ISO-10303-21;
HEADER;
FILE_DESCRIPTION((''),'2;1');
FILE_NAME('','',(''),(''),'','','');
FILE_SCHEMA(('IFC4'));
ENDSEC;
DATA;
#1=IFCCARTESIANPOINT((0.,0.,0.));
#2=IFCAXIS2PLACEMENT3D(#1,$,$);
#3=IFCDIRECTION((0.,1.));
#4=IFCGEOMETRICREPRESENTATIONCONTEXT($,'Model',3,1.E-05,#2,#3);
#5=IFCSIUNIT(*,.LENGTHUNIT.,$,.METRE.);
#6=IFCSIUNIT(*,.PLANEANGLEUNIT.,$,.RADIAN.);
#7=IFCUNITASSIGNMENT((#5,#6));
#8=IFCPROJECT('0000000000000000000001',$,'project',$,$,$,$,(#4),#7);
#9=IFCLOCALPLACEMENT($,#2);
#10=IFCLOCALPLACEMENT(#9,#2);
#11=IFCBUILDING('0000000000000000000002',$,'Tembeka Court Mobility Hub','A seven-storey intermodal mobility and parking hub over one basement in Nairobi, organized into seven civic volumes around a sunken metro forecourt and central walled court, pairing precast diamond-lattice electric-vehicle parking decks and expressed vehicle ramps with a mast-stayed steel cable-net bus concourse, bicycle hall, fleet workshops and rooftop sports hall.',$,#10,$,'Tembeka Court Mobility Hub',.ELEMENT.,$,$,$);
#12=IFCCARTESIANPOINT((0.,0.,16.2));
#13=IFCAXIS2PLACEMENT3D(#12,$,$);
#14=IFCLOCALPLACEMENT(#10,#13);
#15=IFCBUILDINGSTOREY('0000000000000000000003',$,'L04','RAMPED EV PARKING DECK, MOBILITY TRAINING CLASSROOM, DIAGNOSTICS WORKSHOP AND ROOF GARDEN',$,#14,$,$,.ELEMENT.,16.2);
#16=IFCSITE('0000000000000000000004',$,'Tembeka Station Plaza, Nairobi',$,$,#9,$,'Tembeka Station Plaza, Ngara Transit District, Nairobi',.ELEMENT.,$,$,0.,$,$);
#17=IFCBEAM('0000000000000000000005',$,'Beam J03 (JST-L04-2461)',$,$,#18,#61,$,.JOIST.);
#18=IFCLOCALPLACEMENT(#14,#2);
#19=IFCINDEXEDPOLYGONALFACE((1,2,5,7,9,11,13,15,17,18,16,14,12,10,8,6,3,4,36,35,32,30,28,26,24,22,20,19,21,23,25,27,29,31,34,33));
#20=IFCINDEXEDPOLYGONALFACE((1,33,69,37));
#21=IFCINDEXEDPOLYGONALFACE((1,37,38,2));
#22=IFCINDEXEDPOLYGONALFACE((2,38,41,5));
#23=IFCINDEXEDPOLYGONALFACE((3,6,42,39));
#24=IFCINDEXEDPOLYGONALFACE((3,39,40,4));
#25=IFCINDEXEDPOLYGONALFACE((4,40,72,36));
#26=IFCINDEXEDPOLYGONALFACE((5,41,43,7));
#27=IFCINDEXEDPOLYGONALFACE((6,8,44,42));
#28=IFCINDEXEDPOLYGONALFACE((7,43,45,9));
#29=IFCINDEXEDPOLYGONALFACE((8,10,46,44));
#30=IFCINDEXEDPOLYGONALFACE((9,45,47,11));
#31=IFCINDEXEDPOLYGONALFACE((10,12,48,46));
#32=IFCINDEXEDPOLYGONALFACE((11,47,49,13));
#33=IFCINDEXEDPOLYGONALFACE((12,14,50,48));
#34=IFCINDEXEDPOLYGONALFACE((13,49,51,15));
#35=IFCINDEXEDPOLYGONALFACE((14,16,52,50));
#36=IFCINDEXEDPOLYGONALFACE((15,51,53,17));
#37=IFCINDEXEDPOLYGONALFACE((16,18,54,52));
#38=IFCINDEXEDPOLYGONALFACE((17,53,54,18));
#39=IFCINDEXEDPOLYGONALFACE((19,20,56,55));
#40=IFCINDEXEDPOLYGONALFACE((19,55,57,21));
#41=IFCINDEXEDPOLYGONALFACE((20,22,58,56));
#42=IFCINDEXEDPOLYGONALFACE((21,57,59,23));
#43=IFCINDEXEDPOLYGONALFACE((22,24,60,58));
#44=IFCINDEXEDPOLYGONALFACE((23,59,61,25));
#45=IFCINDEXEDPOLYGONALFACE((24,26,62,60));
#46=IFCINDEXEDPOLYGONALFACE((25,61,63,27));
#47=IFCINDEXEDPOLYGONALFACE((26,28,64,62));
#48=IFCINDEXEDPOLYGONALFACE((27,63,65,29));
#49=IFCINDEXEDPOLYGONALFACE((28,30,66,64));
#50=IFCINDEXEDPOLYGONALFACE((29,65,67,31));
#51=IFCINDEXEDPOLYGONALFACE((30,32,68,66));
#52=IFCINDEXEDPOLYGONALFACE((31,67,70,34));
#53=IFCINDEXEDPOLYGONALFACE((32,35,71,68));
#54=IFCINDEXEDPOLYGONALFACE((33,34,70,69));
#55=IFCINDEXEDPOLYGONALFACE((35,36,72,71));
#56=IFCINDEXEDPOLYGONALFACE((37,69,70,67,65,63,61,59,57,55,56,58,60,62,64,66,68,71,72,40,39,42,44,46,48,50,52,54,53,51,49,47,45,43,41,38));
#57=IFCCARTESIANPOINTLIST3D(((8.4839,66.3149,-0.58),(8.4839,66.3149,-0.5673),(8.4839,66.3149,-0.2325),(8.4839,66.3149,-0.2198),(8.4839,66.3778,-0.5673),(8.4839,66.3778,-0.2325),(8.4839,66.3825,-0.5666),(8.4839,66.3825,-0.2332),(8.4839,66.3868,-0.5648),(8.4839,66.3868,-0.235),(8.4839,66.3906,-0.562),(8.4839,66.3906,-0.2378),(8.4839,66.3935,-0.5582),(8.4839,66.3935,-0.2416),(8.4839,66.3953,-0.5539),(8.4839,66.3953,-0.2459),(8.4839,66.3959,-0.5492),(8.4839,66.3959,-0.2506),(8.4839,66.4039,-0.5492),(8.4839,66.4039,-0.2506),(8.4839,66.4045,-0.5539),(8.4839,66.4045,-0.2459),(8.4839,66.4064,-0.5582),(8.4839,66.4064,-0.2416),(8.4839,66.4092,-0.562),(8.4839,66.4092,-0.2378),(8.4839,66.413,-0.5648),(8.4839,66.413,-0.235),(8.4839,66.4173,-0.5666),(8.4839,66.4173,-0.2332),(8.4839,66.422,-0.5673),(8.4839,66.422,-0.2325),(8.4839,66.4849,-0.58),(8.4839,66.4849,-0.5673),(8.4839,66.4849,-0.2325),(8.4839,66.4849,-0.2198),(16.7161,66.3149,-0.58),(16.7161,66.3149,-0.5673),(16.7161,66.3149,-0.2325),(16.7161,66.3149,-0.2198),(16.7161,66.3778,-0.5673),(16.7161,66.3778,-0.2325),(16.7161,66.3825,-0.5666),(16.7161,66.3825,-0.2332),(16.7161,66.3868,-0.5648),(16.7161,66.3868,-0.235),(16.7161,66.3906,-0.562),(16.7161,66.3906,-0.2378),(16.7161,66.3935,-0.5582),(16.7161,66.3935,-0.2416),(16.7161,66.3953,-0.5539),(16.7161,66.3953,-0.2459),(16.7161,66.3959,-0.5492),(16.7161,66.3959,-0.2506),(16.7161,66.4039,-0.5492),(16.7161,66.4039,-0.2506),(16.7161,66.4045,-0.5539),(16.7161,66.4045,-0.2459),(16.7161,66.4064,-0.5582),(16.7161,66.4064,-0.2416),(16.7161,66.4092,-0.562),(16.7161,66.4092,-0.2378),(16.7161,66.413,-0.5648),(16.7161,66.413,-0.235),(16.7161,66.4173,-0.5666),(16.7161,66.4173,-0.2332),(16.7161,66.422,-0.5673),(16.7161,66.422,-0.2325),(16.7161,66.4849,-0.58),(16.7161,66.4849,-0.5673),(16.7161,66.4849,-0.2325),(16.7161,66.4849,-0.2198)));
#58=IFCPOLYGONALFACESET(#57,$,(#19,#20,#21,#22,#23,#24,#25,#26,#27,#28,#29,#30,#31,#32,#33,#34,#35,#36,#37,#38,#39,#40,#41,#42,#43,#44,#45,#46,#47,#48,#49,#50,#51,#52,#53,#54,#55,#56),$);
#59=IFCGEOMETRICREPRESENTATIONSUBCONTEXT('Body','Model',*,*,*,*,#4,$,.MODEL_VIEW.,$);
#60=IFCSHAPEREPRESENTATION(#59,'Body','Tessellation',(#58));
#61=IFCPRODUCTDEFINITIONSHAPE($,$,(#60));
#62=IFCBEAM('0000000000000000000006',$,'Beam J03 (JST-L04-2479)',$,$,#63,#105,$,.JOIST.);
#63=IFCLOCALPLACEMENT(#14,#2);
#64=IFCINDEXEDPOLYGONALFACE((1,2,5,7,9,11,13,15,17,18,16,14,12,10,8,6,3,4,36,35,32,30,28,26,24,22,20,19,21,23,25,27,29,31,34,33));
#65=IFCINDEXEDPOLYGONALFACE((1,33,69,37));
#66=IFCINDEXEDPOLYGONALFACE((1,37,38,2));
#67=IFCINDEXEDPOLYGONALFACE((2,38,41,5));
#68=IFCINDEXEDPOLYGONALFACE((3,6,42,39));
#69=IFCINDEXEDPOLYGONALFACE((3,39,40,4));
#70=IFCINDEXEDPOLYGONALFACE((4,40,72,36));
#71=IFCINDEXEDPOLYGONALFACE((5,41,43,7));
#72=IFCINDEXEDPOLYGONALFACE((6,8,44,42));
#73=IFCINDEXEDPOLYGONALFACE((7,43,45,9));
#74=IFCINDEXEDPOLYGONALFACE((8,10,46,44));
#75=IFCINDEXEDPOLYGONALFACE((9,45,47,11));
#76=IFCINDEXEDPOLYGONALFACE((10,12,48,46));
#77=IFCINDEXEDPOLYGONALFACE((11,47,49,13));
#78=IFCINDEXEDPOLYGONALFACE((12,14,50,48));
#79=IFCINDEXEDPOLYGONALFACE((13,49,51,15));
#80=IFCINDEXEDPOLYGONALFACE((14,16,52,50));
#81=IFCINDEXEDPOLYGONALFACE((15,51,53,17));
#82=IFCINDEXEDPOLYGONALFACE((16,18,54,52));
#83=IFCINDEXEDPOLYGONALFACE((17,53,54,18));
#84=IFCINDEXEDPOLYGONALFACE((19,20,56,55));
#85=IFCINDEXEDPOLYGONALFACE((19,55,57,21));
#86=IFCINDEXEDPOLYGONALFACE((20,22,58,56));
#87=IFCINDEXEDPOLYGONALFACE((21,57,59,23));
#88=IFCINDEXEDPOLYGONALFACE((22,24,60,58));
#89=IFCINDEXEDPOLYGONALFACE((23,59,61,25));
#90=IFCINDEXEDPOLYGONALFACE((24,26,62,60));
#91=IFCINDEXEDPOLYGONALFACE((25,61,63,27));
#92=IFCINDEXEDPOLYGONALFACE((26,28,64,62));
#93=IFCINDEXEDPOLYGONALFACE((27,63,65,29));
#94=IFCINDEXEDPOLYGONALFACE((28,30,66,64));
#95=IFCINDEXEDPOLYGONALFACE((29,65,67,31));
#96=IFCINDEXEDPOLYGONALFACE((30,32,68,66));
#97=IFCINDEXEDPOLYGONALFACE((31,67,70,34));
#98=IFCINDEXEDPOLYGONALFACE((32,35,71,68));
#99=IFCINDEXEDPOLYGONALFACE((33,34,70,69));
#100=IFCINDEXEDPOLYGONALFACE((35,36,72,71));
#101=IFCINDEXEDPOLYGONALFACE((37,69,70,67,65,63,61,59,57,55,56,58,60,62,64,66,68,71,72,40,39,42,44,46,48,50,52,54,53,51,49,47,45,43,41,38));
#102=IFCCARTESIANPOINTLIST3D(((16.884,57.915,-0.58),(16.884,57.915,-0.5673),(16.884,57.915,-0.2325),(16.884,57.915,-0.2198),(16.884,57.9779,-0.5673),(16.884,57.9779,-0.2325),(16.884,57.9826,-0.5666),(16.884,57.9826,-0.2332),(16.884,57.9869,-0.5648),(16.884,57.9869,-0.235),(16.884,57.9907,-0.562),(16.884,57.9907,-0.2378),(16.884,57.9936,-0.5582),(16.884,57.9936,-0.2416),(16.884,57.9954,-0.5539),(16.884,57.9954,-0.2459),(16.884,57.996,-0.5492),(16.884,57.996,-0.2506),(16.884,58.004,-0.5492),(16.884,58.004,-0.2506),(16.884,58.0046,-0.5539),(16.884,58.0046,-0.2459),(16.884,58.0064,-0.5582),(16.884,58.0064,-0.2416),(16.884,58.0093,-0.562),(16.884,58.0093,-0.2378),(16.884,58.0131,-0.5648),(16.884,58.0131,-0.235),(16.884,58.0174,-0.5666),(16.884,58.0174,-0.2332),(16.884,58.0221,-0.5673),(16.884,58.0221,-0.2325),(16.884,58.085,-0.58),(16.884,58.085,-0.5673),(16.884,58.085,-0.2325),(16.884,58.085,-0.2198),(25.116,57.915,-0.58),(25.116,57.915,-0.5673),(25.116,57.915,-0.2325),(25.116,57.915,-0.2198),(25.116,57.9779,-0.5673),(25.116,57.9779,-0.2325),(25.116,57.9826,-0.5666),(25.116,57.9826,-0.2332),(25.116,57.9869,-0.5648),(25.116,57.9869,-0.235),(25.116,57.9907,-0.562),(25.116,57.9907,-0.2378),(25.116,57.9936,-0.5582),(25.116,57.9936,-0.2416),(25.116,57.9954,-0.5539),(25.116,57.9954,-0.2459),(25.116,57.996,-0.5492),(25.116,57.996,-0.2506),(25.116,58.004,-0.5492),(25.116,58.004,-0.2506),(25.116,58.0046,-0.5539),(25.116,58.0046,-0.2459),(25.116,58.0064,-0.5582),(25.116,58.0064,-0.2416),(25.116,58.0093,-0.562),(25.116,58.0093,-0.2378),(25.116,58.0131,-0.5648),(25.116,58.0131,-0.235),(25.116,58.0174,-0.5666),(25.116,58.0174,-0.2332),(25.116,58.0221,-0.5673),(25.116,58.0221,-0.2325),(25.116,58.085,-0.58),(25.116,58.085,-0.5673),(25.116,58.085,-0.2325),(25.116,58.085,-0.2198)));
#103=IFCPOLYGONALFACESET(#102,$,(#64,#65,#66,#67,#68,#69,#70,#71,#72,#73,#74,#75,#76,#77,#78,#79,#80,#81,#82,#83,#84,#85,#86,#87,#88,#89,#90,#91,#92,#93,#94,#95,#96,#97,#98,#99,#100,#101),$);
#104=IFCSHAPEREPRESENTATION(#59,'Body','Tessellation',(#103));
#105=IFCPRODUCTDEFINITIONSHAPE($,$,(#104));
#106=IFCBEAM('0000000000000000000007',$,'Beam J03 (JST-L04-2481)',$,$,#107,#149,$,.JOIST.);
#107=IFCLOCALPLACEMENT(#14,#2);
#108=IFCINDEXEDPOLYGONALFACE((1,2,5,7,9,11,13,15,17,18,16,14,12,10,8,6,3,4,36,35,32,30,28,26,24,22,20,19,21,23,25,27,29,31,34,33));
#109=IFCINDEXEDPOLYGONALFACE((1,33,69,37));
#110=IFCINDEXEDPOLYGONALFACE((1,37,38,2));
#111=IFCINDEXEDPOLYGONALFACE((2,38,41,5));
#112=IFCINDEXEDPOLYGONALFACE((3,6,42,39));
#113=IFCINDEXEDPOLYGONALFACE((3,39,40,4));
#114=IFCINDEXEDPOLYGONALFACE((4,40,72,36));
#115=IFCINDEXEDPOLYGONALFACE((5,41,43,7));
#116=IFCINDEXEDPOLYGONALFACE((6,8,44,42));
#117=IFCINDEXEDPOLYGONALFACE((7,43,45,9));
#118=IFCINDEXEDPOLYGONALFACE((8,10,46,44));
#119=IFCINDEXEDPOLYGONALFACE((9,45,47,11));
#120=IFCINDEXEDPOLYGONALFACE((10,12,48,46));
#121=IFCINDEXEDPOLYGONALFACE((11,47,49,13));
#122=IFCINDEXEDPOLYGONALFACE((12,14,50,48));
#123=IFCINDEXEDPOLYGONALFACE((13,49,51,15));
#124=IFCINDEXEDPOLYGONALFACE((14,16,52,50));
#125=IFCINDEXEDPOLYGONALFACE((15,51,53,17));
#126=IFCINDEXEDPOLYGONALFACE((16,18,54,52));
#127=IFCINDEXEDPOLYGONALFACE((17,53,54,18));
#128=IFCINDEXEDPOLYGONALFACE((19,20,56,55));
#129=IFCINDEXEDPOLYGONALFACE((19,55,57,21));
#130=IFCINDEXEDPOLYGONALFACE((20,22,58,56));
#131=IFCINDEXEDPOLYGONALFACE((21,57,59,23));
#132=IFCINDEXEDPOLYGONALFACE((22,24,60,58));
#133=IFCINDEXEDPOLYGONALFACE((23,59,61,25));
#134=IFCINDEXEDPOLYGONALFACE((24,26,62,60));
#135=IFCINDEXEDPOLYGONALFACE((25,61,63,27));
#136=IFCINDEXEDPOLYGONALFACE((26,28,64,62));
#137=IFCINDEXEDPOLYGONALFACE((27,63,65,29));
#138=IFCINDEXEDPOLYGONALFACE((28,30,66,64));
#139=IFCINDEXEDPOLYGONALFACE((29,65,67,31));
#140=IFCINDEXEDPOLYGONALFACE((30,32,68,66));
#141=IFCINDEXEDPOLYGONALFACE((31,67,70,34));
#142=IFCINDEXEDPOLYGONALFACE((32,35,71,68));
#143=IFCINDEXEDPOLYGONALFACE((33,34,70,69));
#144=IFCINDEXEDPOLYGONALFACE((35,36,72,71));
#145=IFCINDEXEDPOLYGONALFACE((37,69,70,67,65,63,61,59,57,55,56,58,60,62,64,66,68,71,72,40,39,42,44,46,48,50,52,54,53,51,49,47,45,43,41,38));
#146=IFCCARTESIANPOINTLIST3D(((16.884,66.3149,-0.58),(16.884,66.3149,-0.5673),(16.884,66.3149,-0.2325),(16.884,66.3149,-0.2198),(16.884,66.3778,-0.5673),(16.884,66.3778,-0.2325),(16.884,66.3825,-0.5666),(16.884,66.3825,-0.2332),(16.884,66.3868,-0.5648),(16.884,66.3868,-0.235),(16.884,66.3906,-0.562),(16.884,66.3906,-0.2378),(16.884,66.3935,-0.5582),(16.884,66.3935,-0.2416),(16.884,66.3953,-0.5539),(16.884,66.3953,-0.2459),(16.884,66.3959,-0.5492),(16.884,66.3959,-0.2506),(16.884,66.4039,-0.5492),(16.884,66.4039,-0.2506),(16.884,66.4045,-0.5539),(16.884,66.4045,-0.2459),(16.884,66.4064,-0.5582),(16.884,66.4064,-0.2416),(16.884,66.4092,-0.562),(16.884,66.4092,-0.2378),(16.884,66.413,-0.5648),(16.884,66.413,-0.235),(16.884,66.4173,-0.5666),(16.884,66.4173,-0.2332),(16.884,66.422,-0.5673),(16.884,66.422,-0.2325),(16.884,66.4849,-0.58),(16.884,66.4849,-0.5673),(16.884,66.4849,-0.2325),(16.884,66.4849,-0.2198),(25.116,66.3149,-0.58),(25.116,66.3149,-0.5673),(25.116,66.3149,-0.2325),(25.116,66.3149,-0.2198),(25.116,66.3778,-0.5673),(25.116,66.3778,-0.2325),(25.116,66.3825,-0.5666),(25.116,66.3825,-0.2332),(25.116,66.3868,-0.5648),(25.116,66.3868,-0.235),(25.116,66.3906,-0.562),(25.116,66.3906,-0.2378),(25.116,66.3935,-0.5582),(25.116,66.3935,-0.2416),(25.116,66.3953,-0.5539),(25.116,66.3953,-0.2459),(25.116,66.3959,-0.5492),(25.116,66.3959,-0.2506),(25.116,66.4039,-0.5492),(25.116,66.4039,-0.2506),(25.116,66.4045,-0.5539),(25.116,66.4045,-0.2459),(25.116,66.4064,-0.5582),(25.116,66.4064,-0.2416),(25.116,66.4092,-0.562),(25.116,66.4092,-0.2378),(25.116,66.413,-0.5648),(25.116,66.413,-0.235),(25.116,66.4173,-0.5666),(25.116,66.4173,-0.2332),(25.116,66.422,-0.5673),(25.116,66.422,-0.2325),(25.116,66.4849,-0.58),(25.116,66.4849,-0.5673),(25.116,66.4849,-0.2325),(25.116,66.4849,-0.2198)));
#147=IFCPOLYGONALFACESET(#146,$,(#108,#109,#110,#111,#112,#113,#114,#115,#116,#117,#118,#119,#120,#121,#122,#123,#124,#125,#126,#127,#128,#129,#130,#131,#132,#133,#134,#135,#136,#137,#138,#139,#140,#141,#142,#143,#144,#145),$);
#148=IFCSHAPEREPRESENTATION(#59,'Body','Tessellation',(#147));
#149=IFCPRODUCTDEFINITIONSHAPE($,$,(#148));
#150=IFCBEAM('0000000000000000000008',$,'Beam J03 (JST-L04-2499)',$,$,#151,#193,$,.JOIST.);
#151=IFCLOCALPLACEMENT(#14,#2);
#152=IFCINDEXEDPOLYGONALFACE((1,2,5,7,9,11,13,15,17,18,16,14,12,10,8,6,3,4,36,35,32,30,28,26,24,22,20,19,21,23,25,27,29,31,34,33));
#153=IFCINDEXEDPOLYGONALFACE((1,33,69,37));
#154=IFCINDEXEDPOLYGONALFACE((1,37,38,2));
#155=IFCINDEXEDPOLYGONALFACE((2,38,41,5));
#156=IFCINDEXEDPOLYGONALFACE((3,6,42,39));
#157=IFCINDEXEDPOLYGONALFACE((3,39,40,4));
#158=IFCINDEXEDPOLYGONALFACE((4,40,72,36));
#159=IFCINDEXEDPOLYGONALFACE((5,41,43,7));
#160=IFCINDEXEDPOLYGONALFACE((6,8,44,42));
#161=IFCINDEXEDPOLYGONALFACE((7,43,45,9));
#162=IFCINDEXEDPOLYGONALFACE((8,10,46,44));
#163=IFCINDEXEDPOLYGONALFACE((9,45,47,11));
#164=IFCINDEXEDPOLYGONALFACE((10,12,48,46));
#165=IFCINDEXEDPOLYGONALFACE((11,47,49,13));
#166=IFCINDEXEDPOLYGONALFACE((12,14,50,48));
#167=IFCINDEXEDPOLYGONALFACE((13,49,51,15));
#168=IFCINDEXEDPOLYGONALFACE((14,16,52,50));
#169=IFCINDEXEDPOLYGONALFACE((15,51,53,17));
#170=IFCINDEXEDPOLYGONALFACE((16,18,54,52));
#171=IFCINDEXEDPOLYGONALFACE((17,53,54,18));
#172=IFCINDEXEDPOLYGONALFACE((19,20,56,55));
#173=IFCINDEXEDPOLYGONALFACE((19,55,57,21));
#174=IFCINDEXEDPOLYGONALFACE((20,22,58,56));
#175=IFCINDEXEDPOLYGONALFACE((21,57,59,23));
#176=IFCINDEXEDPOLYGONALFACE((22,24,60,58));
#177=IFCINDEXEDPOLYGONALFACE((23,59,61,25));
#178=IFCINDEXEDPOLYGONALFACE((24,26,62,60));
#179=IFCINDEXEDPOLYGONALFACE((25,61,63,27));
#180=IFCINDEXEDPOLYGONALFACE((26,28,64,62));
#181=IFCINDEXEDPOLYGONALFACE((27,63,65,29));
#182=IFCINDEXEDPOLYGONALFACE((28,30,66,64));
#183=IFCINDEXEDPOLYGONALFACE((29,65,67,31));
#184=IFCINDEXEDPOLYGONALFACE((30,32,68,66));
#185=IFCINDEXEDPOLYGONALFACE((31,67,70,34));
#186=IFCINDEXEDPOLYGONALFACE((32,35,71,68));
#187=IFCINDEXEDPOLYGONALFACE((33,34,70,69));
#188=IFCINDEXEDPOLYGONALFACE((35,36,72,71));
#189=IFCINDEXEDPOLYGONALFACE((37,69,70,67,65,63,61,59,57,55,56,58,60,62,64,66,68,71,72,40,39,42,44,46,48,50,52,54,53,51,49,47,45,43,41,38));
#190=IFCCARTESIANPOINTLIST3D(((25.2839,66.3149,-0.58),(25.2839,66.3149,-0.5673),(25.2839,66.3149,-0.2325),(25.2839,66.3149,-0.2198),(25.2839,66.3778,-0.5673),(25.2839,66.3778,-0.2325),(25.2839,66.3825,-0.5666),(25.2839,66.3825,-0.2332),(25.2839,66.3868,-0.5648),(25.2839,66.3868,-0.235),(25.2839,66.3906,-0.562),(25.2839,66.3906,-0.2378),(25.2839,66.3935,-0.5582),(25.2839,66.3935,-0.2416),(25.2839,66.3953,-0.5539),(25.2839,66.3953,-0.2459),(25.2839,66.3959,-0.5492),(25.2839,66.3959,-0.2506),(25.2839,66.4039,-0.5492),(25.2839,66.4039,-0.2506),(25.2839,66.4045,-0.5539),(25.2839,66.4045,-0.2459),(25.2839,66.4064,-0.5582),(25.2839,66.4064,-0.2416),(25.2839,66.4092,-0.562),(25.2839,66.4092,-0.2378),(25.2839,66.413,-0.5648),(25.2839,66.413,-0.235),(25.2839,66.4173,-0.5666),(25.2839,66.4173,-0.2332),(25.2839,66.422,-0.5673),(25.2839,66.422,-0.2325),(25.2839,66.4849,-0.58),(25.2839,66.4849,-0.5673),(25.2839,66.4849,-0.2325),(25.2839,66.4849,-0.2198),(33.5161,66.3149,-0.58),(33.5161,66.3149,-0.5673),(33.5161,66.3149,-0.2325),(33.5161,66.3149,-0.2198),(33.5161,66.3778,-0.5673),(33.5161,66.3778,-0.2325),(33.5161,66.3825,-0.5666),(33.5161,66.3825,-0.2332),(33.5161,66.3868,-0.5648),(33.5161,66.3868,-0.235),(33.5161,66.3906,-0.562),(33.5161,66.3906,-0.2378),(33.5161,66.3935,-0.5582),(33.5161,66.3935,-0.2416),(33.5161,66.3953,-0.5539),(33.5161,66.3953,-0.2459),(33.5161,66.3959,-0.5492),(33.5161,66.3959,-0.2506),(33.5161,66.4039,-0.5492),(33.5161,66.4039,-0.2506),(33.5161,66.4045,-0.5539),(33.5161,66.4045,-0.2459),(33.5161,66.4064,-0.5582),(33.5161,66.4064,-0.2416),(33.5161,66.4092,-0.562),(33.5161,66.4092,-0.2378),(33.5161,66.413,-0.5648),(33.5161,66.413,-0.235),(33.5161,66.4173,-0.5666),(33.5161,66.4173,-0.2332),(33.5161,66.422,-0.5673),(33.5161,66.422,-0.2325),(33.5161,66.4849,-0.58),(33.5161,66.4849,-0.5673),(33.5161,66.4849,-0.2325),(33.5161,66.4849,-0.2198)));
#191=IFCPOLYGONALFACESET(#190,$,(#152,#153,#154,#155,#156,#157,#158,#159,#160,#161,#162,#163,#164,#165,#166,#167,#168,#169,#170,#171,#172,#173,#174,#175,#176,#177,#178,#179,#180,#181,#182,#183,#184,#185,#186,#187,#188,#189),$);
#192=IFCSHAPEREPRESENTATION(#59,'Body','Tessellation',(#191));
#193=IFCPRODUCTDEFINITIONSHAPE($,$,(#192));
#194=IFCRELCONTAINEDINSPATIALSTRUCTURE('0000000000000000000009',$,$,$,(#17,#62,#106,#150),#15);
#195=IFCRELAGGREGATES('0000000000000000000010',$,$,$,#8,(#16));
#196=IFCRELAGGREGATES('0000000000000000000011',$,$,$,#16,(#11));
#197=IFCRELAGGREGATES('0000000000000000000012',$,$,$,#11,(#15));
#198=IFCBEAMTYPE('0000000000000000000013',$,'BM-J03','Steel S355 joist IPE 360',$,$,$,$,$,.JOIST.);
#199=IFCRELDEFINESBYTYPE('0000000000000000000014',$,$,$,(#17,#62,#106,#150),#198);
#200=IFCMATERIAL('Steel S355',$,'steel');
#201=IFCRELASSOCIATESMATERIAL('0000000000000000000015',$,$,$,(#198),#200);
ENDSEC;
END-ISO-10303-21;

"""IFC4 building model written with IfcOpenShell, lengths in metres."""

from ifc_helpers import new_model, si_unit, direction, frame, origin, origin_2d, place, context, subcontext, project, spatial, i_section, extrude, material, material_profile, profile_set, type_object, element, save


model = new_model("IFC4")

# Units and contexts
model_context = context("Model", 3, precision=1e-05, world=origin(), true_north=direction((0.0, 1.0)))
body_context = subcontext(model_context, "Body", "Model", "MODEL_VIEW")
ifc_project = project(units=[si_unit("LENGTHUNIT", "METRE"), si_unit("PLANEANGLEUNIT", "RADIAN")], contexts=[model_context])

# Site, building, storey
site_placement = place(None, origin())
site = spatial("IfcSite", under=ifc_project, at=site_placement, Name="Tembeka Station Plaza, Nairobi", LongName="Tembeka Station Plaza, Ngara Transit District, Nairobi", CompositionType="ELEMENT", RefElevation=0.0)
building_placement = place(site_placement, origin())
building = spatial("IfcBuilding", under=site, at=building_placement, Name="Tembeka Court Mobility Hub", Description="A seven-storey intermodal mobility and parking hub over one basement in Nairobi, organized into seven civic volumes around a sunken metro forecourt and central walled court, pairing precast diamond-lattice electric-vehicle parking decks and expressed vehicle ramps with a mast-stayed steel cable-net bus concourse, bicycle hall, fleet workshops and rooftop sports hall.", LongName="Tembeka Court Mobility Hub", CompositionType="ELEMENT")
storey_placement = place(building_placement, frame((0.0, 0.0, 16.2)))
storey = spatial("IfcBuildingStorey", under=building, at=storey_placement, Name="L04", Description="RAMPED EV PARKING DECK, MOBILITY TRAINING CLASSROOM, DIAGNOSTICS WORKSHOP AND ROOF GARDEN", CompositionType="ELEMENT", Elevation=16.2)

# Shared definitions
ifc_material_1 = material(Name="Steel S355", Category="steel")

# Beams
ifc_material_profile_1 = material_profile(ifc_material_1, i_section(OverallWidth=0.1699, OverallDepth=0.3601, WebThickness=0.0081, FlangeThickness=0.0127, FilletRadius=0.0181, at=origin_2d()), Name="IPE 360")
ifc_profile_set_1 = profile_set([ifc_material_profile_1], Name="Steel S355")
beam_type_1 = type_object("IfcBeamType", Name="BM-J03", Description="Steel S355 joist IPE 360", PredefinedType="JOIST", material=ifc_profile_set_1)
for number, where, z_axis, x_axis, name in (
    (1, (8.4839, 66.3999, -0.3999), (1.0, 0.0, 0.0), (0.0, 1.0, 0.0), "Beam J03 (JST-L04-2461)"),
):
    element("IfcBeam", number, at=place(storey_placement, frame(where, z_axis=z_axis, x_axis=x_axis)), inside=storey, type_object=beam_type_1, Name=name, PredefinedType="JOIST", context=body_context, shape_type="SweptSolid", body=[
        extrude(i_section(OverallWidth=0.1699, OverallDepth=0.3601, WebThickness=0.0081, FlangeThickness=0.0127, FilletRadius=0.0181, at=origin_2d()), origin(), (0.0, 0.0, 1.0), 8.2322),
    ])
for number, where, z_axis, x_axis, name in (
    (2, (16.884, 58.0, -0.3999), (1.0, 0.0, 0.0), (0.0, 1.0, 0.0), "Beam J03 (JST-L04-2479)"),
    (3, (16.884, 66.3999, -0.3999), (1.0, 0.0, 0.0), (0.0, 1.0, 0.0), "Beam J03 (JST-L04-2481)"),
):
    element("IfcBeam", number, at=place(storey_placement, frame(where, z_axis=z_axis, x_axis=x_axis)), inside=storey, type_object=beam_type_1, Name=name, PredefinedType="JOIST", context=body_context, shape_type="SweptSolid", body=[
        extrude(i_section(OverallWidth=0.1699, OverallDepth=0.3601, WebThickness=0.0081, FlangeThickness=0.0127, FilletRadius=0.0181, at=origin_2d()), origin(), (0.0, 0.0, 1.0), 8.2319),
    ])
beam_1_placement = place(storey_placement, frame((25.2839, 66.3999, -0.3999), z_axis=(1.0, 0.0, 0.0), x_axis=(0.0, 1.0, 0.0)))
element("IfcBeam", 4, at=beam_1_placement, inside=storey, type_object=beam_type_1, Name="Beam J03 (JST-L04-2499)", PredefinedType="JOIST", context=body_context, shape_type="SweptSolid", body=[
    extrude(i_section(OverallWidth=0.1699, OverallDepth=0.3601, WebThickness=0.0081, FlangeThickness=0.0127, FilletRadius=0.0181, at=origin_2d()), origin(), (0.0, 0.0, 1.0), 8.2322),
])

save(model, "model.ifc")
